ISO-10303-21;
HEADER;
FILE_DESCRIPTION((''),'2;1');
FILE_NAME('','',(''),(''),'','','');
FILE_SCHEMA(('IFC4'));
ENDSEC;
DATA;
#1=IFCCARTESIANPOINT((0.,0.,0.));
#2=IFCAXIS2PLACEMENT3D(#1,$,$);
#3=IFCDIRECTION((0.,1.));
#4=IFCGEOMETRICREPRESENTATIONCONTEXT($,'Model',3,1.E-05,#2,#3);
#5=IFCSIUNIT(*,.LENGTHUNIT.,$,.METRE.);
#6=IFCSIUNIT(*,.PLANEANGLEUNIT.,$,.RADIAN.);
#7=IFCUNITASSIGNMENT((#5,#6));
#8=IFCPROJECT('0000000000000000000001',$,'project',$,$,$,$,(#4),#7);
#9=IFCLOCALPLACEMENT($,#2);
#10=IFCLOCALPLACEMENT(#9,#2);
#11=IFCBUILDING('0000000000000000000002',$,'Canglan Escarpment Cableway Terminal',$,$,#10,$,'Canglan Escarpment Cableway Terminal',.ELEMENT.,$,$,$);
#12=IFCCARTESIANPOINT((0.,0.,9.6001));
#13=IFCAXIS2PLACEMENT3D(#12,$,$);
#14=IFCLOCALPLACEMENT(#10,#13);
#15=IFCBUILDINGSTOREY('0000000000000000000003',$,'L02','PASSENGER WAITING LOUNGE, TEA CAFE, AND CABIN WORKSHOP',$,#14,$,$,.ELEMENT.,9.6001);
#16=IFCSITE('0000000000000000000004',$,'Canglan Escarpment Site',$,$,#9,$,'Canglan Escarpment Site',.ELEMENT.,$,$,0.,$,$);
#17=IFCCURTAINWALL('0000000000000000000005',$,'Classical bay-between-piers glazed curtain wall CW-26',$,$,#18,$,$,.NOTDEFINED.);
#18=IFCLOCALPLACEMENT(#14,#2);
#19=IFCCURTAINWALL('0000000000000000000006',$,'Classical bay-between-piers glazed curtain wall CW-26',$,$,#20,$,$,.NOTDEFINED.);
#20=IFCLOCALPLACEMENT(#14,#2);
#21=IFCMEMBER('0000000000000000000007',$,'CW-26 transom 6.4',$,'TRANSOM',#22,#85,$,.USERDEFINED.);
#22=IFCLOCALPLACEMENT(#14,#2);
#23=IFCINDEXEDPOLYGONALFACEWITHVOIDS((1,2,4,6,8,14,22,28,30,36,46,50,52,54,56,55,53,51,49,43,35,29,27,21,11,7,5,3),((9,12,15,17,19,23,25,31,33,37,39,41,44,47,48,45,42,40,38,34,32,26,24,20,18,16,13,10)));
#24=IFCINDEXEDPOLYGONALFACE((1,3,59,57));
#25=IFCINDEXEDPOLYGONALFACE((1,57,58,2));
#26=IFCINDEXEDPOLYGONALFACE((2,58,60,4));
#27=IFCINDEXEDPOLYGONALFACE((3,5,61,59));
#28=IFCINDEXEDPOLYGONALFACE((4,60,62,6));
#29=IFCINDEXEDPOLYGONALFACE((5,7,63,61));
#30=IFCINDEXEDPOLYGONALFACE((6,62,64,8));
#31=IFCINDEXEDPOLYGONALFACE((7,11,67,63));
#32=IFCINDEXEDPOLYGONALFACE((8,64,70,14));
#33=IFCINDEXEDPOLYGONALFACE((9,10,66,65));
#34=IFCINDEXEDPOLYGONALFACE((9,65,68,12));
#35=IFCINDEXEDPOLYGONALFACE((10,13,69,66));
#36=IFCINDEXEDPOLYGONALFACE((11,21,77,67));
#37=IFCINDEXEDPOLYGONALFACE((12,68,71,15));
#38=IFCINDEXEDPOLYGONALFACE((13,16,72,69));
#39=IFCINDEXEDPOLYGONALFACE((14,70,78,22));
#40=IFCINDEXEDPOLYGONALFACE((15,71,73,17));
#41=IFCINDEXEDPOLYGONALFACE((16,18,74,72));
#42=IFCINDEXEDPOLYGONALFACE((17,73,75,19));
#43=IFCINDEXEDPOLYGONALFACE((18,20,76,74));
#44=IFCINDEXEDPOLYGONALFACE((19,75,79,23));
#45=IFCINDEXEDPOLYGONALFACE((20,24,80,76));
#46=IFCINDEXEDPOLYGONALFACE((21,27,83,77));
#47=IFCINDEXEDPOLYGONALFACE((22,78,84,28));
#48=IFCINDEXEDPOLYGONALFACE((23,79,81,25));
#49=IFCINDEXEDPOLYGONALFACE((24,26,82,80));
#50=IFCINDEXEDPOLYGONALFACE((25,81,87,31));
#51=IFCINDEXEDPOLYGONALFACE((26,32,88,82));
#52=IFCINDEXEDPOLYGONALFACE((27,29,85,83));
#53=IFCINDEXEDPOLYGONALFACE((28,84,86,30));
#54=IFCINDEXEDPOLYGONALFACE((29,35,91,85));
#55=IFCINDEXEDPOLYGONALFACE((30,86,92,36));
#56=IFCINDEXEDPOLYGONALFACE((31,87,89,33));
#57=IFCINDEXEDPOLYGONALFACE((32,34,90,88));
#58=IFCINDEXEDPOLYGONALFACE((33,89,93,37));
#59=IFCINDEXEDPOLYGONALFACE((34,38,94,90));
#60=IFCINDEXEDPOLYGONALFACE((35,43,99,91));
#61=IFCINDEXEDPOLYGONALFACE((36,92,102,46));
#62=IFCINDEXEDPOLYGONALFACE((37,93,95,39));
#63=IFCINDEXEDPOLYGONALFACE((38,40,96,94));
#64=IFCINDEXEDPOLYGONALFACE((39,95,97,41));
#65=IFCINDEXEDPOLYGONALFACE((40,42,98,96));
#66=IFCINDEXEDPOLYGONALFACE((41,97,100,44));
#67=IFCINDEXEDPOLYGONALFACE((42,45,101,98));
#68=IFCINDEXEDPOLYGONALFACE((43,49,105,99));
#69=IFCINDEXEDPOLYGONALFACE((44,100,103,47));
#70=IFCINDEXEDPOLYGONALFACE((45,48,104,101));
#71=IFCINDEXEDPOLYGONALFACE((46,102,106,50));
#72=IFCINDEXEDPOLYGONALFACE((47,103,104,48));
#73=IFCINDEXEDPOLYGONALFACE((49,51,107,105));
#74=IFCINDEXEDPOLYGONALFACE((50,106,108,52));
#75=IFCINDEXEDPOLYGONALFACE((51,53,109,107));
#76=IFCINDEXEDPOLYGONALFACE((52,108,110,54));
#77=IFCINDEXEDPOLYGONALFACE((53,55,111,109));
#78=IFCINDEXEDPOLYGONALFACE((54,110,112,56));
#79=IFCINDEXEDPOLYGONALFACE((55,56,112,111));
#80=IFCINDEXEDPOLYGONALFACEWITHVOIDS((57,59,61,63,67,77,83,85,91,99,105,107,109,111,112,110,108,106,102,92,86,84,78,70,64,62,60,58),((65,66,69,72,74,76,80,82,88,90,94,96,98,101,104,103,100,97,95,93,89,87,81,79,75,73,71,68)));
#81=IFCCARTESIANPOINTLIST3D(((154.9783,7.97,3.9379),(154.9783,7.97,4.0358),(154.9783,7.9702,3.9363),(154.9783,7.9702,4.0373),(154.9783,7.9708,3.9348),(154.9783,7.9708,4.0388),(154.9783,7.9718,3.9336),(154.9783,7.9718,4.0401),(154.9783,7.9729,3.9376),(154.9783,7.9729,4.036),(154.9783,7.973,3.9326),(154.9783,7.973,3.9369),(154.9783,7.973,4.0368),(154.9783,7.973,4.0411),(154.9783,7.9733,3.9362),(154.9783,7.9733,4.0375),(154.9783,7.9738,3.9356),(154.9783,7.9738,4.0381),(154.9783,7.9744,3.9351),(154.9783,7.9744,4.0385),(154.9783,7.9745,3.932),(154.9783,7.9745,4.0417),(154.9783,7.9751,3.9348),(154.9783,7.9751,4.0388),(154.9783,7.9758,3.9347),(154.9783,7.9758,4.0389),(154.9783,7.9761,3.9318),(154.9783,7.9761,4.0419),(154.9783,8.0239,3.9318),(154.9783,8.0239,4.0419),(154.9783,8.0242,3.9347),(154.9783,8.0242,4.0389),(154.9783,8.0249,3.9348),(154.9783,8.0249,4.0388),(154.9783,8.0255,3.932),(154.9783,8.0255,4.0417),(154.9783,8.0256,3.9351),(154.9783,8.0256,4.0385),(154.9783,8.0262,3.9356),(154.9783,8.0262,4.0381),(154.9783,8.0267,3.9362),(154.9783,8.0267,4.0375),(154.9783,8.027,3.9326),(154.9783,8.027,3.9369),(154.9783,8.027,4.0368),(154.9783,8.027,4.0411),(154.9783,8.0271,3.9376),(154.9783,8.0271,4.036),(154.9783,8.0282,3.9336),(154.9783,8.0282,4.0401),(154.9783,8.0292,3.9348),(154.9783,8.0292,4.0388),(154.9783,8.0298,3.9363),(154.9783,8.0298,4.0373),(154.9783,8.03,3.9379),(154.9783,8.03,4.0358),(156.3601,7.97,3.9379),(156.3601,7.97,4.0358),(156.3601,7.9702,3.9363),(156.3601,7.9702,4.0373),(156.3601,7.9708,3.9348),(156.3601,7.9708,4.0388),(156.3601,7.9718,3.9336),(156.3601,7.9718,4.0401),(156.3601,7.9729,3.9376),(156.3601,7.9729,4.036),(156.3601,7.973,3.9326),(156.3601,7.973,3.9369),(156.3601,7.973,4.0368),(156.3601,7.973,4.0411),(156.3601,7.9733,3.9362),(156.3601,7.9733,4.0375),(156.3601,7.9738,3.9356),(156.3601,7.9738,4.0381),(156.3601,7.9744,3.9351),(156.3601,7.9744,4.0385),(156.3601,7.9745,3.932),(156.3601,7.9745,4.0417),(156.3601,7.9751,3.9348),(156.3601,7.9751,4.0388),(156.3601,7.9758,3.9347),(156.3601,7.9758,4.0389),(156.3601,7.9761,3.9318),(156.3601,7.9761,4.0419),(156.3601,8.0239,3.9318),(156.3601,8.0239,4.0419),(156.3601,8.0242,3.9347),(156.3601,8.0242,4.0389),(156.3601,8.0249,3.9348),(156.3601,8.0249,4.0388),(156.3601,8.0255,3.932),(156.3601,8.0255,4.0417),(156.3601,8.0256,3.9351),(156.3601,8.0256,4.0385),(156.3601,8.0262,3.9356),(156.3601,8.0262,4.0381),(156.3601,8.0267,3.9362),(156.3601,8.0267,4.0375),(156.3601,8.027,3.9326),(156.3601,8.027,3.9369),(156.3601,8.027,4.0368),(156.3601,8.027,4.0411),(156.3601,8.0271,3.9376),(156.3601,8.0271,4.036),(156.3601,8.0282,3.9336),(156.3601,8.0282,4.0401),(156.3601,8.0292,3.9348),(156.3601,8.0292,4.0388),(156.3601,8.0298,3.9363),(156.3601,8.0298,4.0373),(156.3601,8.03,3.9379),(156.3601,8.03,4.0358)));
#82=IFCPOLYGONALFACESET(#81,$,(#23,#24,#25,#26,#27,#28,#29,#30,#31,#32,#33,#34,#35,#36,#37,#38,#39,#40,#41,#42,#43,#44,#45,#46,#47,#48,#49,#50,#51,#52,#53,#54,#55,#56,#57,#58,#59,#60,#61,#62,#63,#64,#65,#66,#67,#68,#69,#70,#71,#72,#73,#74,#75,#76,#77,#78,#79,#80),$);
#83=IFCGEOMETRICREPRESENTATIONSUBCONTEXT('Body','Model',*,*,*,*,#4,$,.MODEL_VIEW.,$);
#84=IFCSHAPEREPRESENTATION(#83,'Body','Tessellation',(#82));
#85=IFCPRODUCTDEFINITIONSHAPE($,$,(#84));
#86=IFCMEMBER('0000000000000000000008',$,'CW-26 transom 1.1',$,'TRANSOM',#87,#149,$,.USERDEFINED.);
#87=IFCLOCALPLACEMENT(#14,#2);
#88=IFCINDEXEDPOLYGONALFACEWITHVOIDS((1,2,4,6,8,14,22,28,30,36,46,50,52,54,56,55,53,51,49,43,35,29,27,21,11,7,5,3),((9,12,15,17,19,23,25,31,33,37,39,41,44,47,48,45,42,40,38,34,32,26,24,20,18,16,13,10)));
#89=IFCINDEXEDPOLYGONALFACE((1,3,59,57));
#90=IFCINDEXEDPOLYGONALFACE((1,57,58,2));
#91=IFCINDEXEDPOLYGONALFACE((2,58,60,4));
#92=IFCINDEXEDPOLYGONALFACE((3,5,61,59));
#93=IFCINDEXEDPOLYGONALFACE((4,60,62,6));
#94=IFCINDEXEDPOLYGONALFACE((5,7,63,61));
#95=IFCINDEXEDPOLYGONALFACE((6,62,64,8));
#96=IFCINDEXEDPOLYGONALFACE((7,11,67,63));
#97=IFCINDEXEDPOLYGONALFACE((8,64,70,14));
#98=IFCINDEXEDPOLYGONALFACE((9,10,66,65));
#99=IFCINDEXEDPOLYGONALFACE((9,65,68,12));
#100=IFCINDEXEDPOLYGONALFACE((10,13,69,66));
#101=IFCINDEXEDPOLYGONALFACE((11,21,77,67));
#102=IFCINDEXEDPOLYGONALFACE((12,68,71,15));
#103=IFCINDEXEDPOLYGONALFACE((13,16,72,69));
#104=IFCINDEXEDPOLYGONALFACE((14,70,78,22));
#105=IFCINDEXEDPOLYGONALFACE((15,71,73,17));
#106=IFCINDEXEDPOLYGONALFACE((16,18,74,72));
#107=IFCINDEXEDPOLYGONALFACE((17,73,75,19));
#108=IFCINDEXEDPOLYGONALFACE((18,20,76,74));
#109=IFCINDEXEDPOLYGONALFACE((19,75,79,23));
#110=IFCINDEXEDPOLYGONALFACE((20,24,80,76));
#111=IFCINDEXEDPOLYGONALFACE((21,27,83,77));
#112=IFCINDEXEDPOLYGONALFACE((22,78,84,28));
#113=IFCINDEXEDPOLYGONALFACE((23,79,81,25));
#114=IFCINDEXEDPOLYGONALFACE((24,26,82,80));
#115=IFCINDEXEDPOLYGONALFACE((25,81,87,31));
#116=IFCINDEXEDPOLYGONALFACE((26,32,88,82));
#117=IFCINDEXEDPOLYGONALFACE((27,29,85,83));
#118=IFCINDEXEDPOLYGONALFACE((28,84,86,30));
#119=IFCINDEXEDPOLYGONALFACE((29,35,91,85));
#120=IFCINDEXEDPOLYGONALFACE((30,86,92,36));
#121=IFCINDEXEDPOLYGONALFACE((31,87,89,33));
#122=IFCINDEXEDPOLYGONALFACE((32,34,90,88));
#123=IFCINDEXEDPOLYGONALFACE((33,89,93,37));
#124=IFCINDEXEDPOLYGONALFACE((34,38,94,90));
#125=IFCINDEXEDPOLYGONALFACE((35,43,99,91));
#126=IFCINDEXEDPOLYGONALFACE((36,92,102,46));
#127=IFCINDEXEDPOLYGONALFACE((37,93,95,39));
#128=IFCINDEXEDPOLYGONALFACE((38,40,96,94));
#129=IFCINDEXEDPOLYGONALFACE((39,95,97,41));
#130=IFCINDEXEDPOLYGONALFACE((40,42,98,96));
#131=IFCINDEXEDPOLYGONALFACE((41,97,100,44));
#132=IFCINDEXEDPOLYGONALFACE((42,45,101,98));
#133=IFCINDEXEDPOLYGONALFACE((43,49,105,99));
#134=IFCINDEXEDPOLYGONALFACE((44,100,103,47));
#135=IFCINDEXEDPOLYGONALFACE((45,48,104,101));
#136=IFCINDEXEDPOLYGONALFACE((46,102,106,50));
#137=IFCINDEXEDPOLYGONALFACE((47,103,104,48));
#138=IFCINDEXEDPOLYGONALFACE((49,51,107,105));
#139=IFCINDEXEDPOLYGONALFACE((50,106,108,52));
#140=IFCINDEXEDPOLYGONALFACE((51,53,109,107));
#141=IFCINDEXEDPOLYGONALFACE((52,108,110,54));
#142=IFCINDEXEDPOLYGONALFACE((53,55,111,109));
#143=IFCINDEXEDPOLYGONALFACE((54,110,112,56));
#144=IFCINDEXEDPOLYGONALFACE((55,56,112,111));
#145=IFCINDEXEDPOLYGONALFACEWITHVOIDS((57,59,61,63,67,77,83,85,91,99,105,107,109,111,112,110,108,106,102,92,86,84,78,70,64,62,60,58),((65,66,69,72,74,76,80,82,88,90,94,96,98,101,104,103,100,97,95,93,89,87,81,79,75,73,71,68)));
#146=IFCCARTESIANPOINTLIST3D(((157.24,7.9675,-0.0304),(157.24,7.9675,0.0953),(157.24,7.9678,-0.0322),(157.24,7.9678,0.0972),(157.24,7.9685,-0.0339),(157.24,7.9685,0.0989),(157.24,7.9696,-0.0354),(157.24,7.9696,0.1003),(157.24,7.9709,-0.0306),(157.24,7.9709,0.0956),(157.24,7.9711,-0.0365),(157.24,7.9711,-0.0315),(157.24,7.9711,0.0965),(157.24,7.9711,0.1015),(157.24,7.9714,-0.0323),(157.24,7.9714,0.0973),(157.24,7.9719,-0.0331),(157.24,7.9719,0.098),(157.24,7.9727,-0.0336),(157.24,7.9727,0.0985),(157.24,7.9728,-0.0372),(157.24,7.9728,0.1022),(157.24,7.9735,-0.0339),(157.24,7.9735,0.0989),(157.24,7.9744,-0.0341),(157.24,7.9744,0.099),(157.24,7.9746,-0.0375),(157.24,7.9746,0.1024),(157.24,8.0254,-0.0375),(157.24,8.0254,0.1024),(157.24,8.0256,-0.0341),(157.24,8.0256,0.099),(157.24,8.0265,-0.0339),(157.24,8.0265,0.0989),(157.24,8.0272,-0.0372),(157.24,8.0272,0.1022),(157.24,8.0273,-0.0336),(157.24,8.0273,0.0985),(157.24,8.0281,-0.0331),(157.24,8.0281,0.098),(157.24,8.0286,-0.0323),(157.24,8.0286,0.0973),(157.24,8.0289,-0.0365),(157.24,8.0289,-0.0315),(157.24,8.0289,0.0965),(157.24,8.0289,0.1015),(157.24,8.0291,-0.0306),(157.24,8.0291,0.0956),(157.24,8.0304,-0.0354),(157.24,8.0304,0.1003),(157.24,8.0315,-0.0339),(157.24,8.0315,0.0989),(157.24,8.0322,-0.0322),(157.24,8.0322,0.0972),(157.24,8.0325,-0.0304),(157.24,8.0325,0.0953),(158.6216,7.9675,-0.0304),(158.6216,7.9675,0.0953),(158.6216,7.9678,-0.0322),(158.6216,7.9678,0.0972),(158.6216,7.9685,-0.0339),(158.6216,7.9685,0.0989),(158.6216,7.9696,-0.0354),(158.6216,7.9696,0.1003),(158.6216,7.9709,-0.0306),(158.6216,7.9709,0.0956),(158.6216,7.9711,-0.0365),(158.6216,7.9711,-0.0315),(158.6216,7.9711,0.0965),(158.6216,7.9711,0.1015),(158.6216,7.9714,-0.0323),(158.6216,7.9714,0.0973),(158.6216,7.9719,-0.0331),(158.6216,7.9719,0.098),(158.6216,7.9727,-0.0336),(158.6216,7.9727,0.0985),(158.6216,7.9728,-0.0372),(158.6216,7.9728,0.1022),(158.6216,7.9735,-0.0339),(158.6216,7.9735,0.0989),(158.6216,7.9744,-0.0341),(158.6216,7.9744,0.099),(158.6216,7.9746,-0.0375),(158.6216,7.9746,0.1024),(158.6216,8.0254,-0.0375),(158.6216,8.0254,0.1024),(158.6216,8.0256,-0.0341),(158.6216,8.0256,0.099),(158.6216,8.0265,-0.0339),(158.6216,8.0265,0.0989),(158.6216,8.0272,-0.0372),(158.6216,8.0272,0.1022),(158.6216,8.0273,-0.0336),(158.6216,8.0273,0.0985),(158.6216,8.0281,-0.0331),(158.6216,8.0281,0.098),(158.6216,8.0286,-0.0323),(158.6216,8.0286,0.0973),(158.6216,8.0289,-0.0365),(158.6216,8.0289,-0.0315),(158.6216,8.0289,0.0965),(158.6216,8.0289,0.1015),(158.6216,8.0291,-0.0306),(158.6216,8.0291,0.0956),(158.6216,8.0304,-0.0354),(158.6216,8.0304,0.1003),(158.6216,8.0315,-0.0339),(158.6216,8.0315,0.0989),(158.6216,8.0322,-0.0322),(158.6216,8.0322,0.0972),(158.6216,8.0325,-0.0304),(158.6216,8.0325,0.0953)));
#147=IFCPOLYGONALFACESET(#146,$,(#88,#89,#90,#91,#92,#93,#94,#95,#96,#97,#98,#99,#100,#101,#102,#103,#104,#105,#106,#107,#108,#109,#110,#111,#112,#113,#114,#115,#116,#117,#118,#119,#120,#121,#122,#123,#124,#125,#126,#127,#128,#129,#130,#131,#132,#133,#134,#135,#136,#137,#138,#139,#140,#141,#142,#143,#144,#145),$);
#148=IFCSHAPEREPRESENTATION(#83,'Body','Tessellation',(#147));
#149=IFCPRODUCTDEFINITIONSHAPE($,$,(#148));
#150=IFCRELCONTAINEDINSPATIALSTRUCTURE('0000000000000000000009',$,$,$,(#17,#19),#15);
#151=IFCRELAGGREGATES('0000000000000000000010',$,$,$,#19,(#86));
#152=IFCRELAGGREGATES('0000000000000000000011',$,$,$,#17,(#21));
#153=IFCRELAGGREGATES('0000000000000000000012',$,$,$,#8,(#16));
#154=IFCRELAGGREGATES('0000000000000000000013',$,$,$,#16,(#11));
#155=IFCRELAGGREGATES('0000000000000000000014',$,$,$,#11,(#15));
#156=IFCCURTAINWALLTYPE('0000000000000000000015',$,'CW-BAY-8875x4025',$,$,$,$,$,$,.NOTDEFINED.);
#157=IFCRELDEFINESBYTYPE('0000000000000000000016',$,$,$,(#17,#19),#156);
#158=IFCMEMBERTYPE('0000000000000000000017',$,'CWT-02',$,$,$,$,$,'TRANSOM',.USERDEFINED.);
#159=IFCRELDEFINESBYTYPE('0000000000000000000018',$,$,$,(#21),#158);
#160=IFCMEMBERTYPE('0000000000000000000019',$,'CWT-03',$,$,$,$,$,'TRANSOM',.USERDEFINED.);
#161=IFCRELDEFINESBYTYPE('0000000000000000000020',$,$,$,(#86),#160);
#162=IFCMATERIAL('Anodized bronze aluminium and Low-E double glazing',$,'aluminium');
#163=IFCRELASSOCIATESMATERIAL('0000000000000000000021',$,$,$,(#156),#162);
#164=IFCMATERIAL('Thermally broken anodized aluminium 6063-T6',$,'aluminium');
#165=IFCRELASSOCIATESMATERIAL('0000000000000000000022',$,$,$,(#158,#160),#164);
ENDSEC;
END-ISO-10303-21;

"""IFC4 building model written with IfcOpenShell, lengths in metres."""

from ifc_helpers import new_model, si_unit, direction, frame, origin, origin_2d, place, context, subcontext, project, spatial, hollow_rectangle, extrude, material, material_profile, profile_set, type_object, element, aggregate, save


model = new_model("IFC4")

# Units and contexts
model_context = context("Model", 3, precision=1e-05, world=origin(), true_north=direction((0.0, 1.0)))
body_context = subcontext(model_context, "Body", "Model", "MODEL_VIEW")
ifc_project = project(units=[si_unit("LENGTHUNIT", "METRE"), si_unit("PLANEANGLEUNIT", "RADIAN")], contexts=[model_context])

# Site, building, storey
site_placement = place(None, origin())
site = spatial("IfcSite", under=ifc_project, at=site_placement, Name="Canglan Escarpment Site", LongName="Canglan Escarpment Site", CompositionType="ELEMENT", RefElevation=0.0)
building_placement = place(site_placement, origin())
building = spatial("IfcBuilding", under=site, at=building_placement, Name="Canglan Escarpment Cableway Terminal", LongName="Canglan Escarpment Cableway Terminal", CompositionType="ELEMENT")
storey_placement = place(building_placement, frame((0.0, 0.0, 9.6001)))
storey = spatial("IfcBuildingStorey", under=building, at=storey_placement, Name="L02", Description="PASSENGER WAITING LOUNGE, TEA CAFE, AND CABIN WORKSHOP", CompositionType="ELEMENT", Elevation=9.6001)

# Curtain walls
ifc_material_1 = material(Name="Anodized bronze aluminium and Low-E double glazing", Category="aluminium")
curtain_wall_type = type_object("IfcCurtainWallType", Name="CW-BAY-8875x4025", PredefinedType="NOTDEFINED", material=ifc_material_1)
curtain_wall_1_placement = place(storey_placement, origin())
curtain_wall_1 = element("IfcCurtainWall", 1, at=curtain_wall_1_placement, inside=storey, type_object=curtain_wall_type, Name="Classical bay-between-piers glazed curtain wall CW-26", PredefinedType="NOTDEFINED")
ifc_material_2 = material(Name="Thermally broken anodized aluminium 6063-T6", Category="aluminium")
curtain_wall_2_placement = place(storey_placement, origin())
curtain_wall_2 = element("IfcCurtainWall", 2, at=curtain_wall_2_placement, inside=storey, type_object=curtain_wall_type, Name="Classical bay-between-piers glazed curtain wall CW-26", PredefinedType="NOTDEFINED")

# Members
ifc_material_profile_1 = material_profile(ifc_material_2, hollow_rectangle(XDim=0.0601, YDim=0.1101, WallThickness=0.0029, InnerFilletRadius=0.0029, OuterFilletRadius=0.0061, at=origin_2d()), Name="ALU-TRAN 60x110x3")
ifc_profile_set_1 = profile_set([ifc_material_profile_1], Name="Thermally broken anodized aluminium 6063-T6")
member_type_1 = type_object("IfcMemberType", Name="CWT-02", ElementType="TRANSOM", PredefinedType="USERDEFINED", material=ifc_profile_set_1)
member_1_placement = place(storey_placement, frame((154.9783, 8.0, 3.9868), z_axis=(1.0, 0.0, 0.0), x_axis=(0.0, 1.0, 0.0)))
member_1 = element("IfcMember", 3, at=member_1_placement, type_object=member_type_1, Name="CW-26 transom 6.4", ObjectType="TRANSOM", PredefinedType="USERDEFINED", context=body_context, shape_type="SweptSolid", body=[
    extrude(hollow_rectangle(XDim=0.0601, YDim=0.1101, WallThickness=0.0029, InnerFilletRadius=0.0029, OuterFilletRadius=0.0061, at=origin_2d()), origin(), (0.0, 0.0, 1.0), 1.3818),
])
ifc_material_profile_2 = material_profile(ifc_material_2, hollow_rectangle(XDim=0.0649, YDim=0.1399, WallThickness=0.0034, InnerFilletRadius=0.0034, OuterFilletRadius=0.0071, at=origin_2d()), Name="ALU-TRAN 65x140x3.5")
ifc_profile_set_2 = profile_set([ifc_material_profile_2], Name="Thermally broken anodized aluminium 6063-T6")
member_type_2 = type_object("IfcMemberType", Name="CWT-03", ElementType="TRANSOM", PredefinedType="USERDEFINED", material=ifc_profile_set_2)
member_2_placement = place(storey_placement, frame((157.24, 8.0, 0.0325), z_axis=(1.0, 0.0, 0.0), x_axis=(0.0, 1.0, 0.0)))
member_2 = element("IfcMember", 4, at=member_2_placement, type_object=member_type_2, Name="CW-26 transom 1.1", ObjectType="TRANSOM", PredefinedType="USERDEFINED", context=body_context, shape_type="SweptSolid", body=[
    extrude(hollow_rectangle(XDim=0.0649, YDim=0.1399, WallThickness=0.0034, InnerFilletRadius=0.0034, OuterFilletRadius=0.0071, at=origin_2d()), origin(), (0.0, 0.0, 1.0), 1.3816),
])

aggregate(curtain_wall_2, [member_2])
aggregate(curtain_wall_1, [member_1])

save(model, "model.ifc")
